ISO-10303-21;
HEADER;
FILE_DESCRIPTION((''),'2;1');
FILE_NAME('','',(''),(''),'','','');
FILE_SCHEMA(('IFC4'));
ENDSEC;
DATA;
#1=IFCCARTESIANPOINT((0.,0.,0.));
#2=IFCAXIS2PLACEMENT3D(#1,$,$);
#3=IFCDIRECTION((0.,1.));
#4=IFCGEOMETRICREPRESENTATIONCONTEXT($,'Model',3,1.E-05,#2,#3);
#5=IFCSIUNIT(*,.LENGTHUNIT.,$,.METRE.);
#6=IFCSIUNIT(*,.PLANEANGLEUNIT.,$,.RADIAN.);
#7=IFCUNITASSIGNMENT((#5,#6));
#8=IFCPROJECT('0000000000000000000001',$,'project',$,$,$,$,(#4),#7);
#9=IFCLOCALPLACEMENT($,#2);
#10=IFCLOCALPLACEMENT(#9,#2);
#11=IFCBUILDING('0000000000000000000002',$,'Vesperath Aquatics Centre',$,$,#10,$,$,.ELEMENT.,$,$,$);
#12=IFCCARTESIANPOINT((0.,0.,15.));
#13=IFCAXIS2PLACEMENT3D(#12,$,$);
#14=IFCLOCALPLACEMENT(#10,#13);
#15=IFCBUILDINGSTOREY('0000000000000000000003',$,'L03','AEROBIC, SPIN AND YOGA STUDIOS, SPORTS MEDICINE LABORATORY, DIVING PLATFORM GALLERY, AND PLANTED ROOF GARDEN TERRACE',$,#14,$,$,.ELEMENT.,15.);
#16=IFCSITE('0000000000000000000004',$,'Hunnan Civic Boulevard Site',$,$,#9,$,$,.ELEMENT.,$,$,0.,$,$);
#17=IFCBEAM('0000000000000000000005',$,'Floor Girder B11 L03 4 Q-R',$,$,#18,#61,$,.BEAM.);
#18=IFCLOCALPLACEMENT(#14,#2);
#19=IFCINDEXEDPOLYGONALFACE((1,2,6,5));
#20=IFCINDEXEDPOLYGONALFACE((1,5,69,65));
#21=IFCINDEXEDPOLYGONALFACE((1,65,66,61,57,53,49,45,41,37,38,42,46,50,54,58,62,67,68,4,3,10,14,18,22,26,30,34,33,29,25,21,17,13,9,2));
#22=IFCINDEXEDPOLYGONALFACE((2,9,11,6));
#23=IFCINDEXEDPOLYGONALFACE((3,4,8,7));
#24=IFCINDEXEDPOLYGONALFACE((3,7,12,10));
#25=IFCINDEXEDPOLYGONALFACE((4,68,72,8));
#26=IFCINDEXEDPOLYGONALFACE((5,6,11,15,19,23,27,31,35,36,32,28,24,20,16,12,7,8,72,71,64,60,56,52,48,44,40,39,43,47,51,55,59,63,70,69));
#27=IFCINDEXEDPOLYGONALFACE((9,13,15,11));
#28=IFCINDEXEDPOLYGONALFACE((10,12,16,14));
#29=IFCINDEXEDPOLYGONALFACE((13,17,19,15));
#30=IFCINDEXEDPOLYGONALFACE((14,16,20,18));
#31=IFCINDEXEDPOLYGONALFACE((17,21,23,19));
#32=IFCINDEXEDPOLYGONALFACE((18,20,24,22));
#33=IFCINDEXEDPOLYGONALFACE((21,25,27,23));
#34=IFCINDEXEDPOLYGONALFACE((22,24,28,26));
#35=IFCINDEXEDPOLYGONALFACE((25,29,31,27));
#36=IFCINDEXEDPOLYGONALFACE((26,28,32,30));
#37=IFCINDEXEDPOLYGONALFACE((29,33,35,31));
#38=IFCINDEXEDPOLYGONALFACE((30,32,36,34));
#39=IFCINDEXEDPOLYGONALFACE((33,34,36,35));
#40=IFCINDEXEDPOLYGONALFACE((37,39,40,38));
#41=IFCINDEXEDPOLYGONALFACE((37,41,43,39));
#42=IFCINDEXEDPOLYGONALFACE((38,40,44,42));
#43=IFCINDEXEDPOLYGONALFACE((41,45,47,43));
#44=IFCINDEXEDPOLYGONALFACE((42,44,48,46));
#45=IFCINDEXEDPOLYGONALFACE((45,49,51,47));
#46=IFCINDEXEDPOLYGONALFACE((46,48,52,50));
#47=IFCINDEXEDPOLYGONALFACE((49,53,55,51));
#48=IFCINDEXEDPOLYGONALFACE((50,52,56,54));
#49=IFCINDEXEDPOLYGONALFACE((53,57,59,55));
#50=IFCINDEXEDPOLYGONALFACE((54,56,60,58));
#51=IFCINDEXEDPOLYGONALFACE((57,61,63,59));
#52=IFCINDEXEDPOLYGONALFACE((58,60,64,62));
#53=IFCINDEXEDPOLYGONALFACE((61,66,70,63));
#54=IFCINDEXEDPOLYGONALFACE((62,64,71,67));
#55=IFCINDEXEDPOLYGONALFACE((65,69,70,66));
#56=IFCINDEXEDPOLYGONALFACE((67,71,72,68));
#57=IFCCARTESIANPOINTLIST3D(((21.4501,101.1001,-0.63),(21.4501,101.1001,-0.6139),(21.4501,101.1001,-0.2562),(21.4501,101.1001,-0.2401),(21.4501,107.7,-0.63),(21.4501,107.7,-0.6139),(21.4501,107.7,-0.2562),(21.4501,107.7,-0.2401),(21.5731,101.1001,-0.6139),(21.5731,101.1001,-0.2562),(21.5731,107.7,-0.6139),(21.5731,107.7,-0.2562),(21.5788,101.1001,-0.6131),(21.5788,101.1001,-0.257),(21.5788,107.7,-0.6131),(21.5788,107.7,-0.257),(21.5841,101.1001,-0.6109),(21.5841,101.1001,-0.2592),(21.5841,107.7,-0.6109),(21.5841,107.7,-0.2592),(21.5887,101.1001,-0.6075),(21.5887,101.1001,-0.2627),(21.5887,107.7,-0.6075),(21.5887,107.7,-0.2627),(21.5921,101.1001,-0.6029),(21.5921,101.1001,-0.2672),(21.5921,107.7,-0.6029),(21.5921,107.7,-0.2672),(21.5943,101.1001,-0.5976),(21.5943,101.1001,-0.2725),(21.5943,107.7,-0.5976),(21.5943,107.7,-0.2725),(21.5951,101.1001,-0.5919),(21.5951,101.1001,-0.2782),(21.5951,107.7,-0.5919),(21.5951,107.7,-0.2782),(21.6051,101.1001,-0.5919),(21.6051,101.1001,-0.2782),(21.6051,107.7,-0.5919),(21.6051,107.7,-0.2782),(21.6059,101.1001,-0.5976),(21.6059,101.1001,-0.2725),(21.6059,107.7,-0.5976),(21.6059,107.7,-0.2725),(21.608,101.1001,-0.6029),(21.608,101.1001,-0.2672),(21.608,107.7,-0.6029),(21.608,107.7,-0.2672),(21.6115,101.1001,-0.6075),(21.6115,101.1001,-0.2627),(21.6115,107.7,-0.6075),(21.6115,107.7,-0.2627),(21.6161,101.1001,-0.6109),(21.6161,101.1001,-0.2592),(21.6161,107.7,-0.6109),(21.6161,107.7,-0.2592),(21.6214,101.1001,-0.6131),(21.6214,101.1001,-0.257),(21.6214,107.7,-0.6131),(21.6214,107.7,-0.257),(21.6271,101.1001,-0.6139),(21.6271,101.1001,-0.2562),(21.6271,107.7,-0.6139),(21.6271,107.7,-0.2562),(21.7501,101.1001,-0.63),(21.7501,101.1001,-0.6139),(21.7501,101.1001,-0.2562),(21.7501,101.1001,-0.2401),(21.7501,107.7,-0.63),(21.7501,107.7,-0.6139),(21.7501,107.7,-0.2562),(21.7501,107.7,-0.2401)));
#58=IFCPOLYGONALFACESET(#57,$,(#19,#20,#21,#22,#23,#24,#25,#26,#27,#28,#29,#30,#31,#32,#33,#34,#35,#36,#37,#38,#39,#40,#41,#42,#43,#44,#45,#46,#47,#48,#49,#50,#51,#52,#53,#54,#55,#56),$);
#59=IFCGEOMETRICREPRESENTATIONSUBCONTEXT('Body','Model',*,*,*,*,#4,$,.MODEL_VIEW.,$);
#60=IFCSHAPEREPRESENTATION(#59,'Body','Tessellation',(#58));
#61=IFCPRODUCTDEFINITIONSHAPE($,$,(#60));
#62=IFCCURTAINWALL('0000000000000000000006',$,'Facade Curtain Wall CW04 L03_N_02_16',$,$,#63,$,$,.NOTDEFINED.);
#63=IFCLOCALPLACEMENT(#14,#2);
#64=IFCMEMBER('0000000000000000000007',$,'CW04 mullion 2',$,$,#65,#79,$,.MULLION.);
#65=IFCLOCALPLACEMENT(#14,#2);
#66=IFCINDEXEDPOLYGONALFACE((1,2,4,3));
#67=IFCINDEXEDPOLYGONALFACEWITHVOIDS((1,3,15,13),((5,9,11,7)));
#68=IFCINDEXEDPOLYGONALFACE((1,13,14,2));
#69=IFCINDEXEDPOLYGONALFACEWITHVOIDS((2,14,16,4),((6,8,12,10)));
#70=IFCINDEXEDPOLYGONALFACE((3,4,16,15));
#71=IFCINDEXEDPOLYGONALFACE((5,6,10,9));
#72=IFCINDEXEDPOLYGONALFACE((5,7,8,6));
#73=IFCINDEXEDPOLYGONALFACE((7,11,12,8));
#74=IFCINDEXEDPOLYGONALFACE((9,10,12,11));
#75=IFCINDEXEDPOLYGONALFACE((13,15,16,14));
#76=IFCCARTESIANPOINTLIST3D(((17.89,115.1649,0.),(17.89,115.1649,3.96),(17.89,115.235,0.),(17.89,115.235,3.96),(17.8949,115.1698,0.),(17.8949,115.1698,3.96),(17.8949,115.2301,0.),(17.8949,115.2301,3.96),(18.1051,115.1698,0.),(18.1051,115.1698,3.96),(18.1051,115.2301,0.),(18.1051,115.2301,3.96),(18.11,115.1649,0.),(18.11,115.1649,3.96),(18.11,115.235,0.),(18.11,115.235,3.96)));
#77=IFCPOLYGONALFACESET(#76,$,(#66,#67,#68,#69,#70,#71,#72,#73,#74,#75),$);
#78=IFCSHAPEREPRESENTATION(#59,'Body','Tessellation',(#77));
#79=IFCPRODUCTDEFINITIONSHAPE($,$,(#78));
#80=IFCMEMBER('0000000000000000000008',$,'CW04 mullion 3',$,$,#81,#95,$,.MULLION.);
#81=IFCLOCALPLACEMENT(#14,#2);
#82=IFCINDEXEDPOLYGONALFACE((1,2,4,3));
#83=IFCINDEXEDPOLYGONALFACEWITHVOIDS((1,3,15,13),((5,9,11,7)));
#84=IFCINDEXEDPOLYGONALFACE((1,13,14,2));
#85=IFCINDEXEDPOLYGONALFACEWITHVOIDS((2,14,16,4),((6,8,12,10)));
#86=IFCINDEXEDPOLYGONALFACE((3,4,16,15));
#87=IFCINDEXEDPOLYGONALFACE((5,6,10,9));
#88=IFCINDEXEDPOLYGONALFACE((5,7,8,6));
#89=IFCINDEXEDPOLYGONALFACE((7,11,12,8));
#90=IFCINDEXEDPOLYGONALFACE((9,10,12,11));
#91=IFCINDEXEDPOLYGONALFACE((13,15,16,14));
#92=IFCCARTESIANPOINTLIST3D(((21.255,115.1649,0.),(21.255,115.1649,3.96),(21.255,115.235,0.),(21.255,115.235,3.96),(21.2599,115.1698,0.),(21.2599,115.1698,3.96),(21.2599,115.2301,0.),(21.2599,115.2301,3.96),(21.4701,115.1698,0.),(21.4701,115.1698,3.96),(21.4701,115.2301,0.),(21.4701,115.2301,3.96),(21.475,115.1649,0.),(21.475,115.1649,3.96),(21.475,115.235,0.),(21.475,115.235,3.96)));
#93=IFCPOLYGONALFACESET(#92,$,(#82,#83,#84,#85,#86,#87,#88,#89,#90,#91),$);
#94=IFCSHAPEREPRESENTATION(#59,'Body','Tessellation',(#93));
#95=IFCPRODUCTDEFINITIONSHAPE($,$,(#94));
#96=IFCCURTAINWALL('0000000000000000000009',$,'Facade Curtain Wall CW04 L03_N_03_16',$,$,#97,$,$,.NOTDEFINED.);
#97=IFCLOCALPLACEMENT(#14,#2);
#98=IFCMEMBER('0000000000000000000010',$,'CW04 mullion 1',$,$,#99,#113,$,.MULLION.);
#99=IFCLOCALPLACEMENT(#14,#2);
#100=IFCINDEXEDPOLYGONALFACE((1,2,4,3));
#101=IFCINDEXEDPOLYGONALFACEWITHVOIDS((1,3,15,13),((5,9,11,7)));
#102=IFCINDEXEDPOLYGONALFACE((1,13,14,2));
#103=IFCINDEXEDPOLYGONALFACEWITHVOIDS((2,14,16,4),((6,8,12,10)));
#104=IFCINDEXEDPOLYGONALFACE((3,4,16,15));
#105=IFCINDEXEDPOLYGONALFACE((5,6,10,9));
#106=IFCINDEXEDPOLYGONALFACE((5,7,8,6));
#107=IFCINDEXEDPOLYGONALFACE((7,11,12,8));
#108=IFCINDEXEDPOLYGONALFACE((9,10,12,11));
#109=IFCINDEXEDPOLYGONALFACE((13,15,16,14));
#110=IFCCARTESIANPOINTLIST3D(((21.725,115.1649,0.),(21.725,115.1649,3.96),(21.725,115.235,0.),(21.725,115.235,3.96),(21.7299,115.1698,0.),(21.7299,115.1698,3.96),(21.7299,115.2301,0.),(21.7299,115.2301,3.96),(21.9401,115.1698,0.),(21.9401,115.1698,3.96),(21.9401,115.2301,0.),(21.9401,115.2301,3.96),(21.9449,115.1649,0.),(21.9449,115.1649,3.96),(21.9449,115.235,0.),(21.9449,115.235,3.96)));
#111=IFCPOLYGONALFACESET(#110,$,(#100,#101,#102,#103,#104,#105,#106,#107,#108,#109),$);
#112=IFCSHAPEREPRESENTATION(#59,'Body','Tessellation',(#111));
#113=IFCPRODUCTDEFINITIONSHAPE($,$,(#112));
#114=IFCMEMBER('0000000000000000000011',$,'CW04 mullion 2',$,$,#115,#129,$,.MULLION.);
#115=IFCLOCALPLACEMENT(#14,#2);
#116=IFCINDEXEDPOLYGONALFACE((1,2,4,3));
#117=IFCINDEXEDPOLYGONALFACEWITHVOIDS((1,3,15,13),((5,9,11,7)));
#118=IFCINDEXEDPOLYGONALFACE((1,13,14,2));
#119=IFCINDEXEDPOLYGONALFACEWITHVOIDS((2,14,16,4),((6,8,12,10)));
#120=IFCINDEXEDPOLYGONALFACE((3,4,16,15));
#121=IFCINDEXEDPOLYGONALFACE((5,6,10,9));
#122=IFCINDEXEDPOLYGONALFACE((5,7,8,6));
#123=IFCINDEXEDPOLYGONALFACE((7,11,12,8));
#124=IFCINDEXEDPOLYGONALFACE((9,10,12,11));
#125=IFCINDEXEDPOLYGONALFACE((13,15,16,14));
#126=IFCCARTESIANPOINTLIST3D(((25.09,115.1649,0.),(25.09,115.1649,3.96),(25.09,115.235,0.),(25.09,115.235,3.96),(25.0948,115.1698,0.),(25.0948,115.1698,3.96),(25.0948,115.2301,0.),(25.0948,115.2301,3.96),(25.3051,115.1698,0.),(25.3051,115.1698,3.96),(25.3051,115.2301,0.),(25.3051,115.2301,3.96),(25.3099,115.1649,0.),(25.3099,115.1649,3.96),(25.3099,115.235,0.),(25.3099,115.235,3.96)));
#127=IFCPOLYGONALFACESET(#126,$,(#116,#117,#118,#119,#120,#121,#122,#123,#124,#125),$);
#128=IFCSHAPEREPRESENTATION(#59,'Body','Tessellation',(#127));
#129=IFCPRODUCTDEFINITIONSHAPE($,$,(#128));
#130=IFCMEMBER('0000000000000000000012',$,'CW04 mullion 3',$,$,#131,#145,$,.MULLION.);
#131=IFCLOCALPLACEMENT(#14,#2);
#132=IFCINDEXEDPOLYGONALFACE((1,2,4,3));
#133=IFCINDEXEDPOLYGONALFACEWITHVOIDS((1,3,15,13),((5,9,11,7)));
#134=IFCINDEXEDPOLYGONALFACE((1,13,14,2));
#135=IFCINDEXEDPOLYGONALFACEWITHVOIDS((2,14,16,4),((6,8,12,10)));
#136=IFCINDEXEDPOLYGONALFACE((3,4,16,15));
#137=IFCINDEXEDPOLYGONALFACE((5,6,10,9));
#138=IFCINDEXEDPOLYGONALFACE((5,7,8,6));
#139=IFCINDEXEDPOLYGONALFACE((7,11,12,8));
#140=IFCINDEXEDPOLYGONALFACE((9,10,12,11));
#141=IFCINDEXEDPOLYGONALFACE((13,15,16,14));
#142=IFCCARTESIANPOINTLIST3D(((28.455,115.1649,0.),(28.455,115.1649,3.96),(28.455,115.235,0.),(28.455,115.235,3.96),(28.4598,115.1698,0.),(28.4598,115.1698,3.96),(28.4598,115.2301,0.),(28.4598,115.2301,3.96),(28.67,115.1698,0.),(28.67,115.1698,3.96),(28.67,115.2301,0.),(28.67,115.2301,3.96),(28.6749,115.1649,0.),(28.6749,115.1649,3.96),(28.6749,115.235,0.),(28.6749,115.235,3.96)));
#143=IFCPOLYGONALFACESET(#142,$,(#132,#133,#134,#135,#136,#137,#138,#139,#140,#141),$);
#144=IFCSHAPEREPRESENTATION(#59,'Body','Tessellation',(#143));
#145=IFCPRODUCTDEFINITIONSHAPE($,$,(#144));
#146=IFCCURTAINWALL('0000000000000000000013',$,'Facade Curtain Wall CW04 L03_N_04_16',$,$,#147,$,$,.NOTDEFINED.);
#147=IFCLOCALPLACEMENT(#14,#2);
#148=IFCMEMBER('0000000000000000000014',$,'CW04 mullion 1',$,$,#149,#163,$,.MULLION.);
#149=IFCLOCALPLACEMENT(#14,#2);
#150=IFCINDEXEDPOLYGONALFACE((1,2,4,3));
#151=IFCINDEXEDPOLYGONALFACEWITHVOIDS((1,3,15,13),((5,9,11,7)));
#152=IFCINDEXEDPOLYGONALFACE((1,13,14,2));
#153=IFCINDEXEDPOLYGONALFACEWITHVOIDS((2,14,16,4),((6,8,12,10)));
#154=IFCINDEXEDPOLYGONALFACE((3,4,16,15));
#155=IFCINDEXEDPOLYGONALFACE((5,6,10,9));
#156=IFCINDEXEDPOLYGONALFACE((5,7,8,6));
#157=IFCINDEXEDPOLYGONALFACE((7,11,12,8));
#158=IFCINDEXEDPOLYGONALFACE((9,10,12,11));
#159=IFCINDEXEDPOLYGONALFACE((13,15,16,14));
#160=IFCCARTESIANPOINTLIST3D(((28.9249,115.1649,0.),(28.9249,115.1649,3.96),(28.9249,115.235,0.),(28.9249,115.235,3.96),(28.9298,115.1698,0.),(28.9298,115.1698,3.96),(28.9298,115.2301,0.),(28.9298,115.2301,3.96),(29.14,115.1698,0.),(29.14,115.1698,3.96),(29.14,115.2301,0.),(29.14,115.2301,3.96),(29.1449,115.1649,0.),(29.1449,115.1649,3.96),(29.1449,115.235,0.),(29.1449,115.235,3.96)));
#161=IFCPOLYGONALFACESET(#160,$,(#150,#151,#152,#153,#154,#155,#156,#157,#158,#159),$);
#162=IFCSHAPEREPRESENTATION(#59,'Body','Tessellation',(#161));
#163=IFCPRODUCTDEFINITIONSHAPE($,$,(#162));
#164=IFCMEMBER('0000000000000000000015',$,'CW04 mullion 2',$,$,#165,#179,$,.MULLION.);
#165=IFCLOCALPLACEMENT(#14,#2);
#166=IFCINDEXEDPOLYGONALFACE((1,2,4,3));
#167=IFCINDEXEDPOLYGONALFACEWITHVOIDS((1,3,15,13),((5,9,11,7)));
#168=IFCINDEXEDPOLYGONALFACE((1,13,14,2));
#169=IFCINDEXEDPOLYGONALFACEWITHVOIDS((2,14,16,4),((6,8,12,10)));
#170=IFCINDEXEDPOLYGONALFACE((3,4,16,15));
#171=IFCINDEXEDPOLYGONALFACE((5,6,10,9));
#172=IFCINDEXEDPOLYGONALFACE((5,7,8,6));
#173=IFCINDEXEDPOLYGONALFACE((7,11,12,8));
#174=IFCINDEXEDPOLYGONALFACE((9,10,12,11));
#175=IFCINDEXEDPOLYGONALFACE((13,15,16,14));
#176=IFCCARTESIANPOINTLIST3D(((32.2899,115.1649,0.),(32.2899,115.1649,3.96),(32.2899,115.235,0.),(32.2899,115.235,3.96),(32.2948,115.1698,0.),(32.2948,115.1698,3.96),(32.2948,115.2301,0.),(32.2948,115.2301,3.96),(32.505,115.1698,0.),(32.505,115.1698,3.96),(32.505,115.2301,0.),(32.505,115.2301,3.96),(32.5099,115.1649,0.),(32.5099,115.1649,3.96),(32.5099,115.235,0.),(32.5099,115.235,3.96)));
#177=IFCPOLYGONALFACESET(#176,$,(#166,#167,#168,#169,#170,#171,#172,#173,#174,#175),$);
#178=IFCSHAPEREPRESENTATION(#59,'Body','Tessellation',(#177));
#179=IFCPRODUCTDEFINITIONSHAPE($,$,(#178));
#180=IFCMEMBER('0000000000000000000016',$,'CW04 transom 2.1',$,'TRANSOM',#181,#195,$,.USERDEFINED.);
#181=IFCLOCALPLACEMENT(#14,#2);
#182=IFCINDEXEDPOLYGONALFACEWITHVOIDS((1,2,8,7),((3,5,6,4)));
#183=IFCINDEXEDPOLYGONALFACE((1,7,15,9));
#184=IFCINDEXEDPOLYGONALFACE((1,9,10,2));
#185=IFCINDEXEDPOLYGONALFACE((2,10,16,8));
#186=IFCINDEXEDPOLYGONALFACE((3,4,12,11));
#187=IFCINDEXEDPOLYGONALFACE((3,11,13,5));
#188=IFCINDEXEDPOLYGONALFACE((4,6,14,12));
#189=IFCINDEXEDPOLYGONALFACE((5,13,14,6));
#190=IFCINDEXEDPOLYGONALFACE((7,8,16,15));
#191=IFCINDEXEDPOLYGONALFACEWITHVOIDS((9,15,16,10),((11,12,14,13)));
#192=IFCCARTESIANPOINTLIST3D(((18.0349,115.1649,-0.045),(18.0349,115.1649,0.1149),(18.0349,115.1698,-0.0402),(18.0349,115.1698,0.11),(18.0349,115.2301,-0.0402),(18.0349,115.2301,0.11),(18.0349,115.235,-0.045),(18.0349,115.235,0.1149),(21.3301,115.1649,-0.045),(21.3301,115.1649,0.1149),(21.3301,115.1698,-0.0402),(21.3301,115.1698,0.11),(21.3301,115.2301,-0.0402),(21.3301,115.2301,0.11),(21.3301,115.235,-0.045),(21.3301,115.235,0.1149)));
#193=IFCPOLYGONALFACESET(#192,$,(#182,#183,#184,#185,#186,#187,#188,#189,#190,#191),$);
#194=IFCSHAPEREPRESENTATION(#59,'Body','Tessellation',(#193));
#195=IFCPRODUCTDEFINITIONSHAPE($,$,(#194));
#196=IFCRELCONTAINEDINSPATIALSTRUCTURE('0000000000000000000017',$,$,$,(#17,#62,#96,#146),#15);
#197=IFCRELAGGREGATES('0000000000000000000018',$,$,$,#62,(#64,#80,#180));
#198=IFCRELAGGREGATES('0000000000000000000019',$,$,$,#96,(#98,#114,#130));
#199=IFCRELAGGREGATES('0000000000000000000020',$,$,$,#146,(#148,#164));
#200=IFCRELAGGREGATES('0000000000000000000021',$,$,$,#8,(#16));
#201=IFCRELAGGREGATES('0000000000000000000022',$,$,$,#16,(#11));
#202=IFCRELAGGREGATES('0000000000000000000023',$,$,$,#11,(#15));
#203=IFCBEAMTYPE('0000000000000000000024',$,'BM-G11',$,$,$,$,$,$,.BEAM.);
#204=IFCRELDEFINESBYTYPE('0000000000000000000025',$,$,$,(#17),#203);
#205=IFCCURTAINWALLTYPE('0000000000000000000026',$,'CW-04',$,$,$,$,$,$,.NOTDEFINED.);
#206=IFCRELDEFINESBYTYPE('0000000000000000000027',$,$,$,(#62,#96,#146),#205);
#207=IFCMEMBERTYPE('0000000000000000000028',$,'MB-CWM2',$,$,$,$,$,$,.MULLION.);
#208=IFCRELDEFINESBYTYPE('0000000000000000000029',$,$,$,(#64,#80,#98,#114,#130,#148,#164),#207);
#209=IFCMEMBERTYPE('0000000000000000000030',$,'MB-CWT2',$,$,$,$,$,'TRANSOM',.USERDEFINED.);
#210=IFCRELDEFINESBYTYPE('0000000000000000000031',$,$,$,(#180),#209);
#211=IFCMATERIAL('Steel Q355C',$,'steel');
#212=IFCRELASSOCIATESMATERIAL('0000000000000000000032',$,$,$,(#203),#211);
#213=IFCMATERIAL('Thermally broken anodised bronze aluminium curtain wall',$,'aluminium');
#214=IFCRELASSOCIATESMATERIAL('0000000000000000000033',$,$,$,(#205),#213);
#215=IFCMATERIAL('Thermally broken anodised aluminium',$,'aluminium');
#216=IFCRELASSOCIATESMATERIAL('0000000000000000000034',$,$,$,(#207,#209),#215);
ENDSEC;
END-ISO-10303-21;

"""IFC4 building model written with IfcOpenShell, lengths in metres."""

from ifc_helpers import new_model, si_unit, direction, frame, origin, origin_2d, place, context, subcontext, project, spatial, hollow_rectangle, i_section, extrude, material, material_profile, profile_set, type_object, element, aggregate, save


model = new_model("IFC4")

# Units and contexts
model_context = context("Model", 3, precision=1e-05, world=origin(), true_north=direction((0.0, 1.0)))
body_context = subcontext(model_context, "Body", "Model", "MODEL_VIEW")
ifc_project = project(units=[si_unit("LENGTHUNIT", "METRE"), si_unit("PLANEANGLEUNIT", "RADIAN")], contexts=[model_context])

# Site, building, storey
site_placement = place(None, origin())
site = spatial("IfcSite", under=ifc_project, at=site_placement, Name="Hunnan Civic Boulevard Site", CompositionType="ELEMENT", RefElevation=0.0)
building_placement = place(site_placement, origin())
building = spatial("IfcBuilding", under=site, at=building_placement, Name="Vesperath Aquatics Centre", CompositionType="ELEMENT")
storey_placement = place(building_placement, frame((0.0, 0.0, 15.0)))
storey = spatial("IfcBuildingStorey", under=building, at=storey_placement, Name="L03", Description="AEROBIC, SPIN AND YOGA STUDIOS, SPORTS MEDICINE LABORATORY, DIVING PLATFORM GALLERY, AND PLANTED ROOF GARDEN TERRACE", CompositionType="ELEMENT", Elevation=15.0)

# Beam
ifc_material_1 = material(Name="Steel Q355C", Category="steel")
ifc_material_profile_1 = material_profile(ifc_material_1, i_section(OverallWidth=0.3, OverallDepth=0.3899, WebThickness=0.01, FlangeThickness=0.0161, FilletRadius=0.022, at=origin_2d()), Name="HM 390x300x10x16")
ifc_profile_set_1 = profile_set([ifc_material_profile_1], Name="Steel Q355C")
beam_type = type_object("IfcBeamType", Name="BM-G11", PredefinedType="BEAM", material=ifc_profile_set_1)
beam_1_placement = place(storey_placement, frame((21.6001, 101.1001, -0.4351), z_axis=(0.0, 1.0, 0.0), x_axis=(-1.0, 0.0, 0.0)))
element("IfcBeam", 1, at=beam_1_placement, inside=storey, type_object=beam_type, Name="Floor Girder B11 L03 4 Q-R", PredefinedType="BEAM", context=body_context, shape_type="SweptSolid", body=[
    extrude(i_section(OverallWidth=0.3, OverallDepth=0.3899, WebThickness=0.01, FlangeThickness=0.0161, FilletRadius=0.022, at=origin_2d()), origin(), (0.0, 0.0, 1.0), 6.5999),
])

# Curtain walls, members
ifc_material_2 = material(Name="Thermally broken anodised bronze aluminium curtain wall", Category="aluminium")
curtain_wall_type = type_object("IfcCurtainWallType", Name="CW-04", PredefinedType="NOTDEFINED", material=ifc_material_2)
curtain_wall_1_placement = place(storey_placement, origin())
curtain_wall_1 = element("IfcCurtainWall", 2, at=curtain_wall_1_placement, inside=storey, type_object=curtain_wall_type, Name="Facade Curtain Wall CW04 L03_N_02_16", PredefinedType="NOTDEFINED")
ifc_material_3 = material(Name="Thermally broken anodised aluminium", Category="aluminium")
ifc_material_profile_2 = material_profile(ifc_material_3, hollow_rectangle(XDim=0.0701, YDim=0.22, WallThickness=0.0049, at=origin_2d()), Name="CWM 70x220x5")
ifc_profile_set_2 = profile_set([ifc_material_profile_2], Name="Thermally broken anodised aluminium")
member_type_1 = type_object("IfcMemberType", Name="MB-CWM2", PredefinedType="MULLION", material=ifc_profile_set_2)
member_1_placement = place(storey_placement, frame((18.0, 115.2, 0.0), z_axis=(0.0, 0.0, 1.0), x_axis=(0.0, 1.0, 0.0)))
member_1 = element("IfcMember", 3, at=member_1_placement, type_object=member_type_1, Name="CW04 mullion 2", PredefinedType="MULLION", context=body_context, shape_type="SweptSolid", body=[
    extrude(hollow_rectangle(XDim=0.0701, YDim=0.22, WallThickness=0.0049, at=origin_2d()), origin(), (0.0, 0.0, 1.0), 3.96),
])
member_2_placement = place(storey_placement, frame((21.365, 115.2, 0.0), z_axis=(0.0, 0.0, 1.0), x_axis=(0.0, 1.0, 0.0)))
member_2 = element("IfcMember", 4, at=member_2_placement, type_object=member_type_1, Name="CW04 mullion 3", PredefinedType="MULLION", context=body_context, shape_type="SweptSolid", body=[
    extrude(hollow_rectangle(XDim=0.0701, YDim=0.22, WallThickness=0.0049, at=origin_2d()), origin(), (0.0, 0.0, 1.0), 3.96),
])
curtain_wall_2_placement = place(storey_placement, origin())
curtain_wall_2 = element("IfcCurtainWall", 5, at=curtain_wall_2_placement, inside=storey, type_object=curtain_wall_type, Name="Facade Curtain Wall CW04 L03_N_03_16", PredefinedType="NOTDEFINED")
member_3_placement = place(storey_placement, frame((21.835, 115.2, 0.0), z_axis=(0.0, 0.0, 1.0), x_axis=(0.0, 1.0, 0.0)))
member_3 = element("IfcMember", 6, at=member_3_placement, type_object=member_type_1, Name="CW04 mullion 1", PredefinedType="MULLION", context=body_context, shape_type="SweptSolid", body=[
    extrude(hollow_rectangle(XDim=0.0701, YDim=0.22, WallThickness=0.0049, at=origin_2d()), origin(), (0.0, 0.0, 1.0), 3.96),
])
member_4_placement = place(storey_placement, frame((25.2, 115.2, 0.0), z_axis=(0.0, 0.0, 1.0), x_axis=(0.0, 1.0, 0.0)))
member_4 = element("IfcMember", 7, at=member_4_placement, type_object=member_type_1, Name="CW04 mullion 2", PredefinedType="MULLION", context=body_context, shape_type="SweptSolid", body=[
    extrude(hollow_rectangle(XDim=0.0701, YDim=0.22, WallThickness=0.0049, at=origin_2d()), origin(), (0.0, 0.0, 1.0), 3.96),
])
member_5_placement = place(storey_placement, frame((28.5649, 115.2, 0.0), z_axis=(0.0, 0.0, 1.0), x_axis=(0.0, 1.0, 0.0)))
member_5 = element("IfcMember", 8, at=member_5_placement, type_object=member_type_1, Name="CW04 mullion 3", PredefinedType="MULLION", context=body_context, shape_type="SweptSolid", body=[
    extrude(hollow_rectangle(XDim=0.0701, YDim=0.22, WallThickness=0.0049, at=origin_2d()), origin(), (0.0, 0.0, 1.0), 3.96),
])
curtain_wall_3_placement = place(storey_placement, origin())
curtain_wall_3 = element("IfcCurtainWall", 9, at=curtain_wall_3_placement, inside=storey, type_object=curtain_wall_type, Name="Facade Curtain Wall CW04 L03_N_04_16", PredefinedType="NOTDEFINED")
member_6_placement = place(storey_placement, frame((29.0349, 115.2, 0.0), z_axis=(0.0, 0.0, 1.0), x_axis=(0.0, 1.0, 0.0)))
member_6 = element("IfcMember", 10, at=member_6_placement, type_object=member_type_1, Name="CW04 mullion 1", PredefinedType="MULLION", context=body_context, shape_type="SweptSolid", body=[
    extrude(hollow_rectangle(XDim=0.0701, YDim=0.22, WallThickness=0.0049, at=origin_2d()), origin(), (0.0, 0.0, 1.0), 3.96),
])
member_7_placement = place(storey_placement, frame((32.3999, 115.2, 0.0), z_axis=(0.0, 0.0, 1.0), x_axis=(0.0, 1.0, 0.0)))
member_7 = element("IfcMember", 11, at=member_7_placement, type_object=member_type_1, Name="CW04 mullion 2", PredefinedType="MULLION", context=body_context, shape_type="SweptSolid", body=[
    extrude(hollow_rectangle(XDim=0.0701, YDim=0.22, WallThickness=0.0049, at=origin_2d()), origin(), (0.0, 0.0, 1.0), 3.96),
])

# Member
ifc_material_profile_3 = material_profile(ifc_material_3, hollow_rectangle(XDim=0.0701, YDim=0.1599, WallThickness=0.0049, at=origin_2d()), Name="CWT 70x160x5")
ifc_profile_set_3 = profile_set([ifc_material_profile_3], Name="Thermally broken anodised aluminium")
member_type_2 = type_object("IfcMemberType", Name="MB-CWT2", ElementType="TRANSOM", PredefinedType="USERDEFINED", material=ifc_profile_set_3)
member_8_placement = place(storey_placement, frame((18.0349, 115.2, 0.0349), z_axis=(1.0, 0.0, 0.0), x_axis=(0.0, 1.0, 0.0)))
member_8 = element("IfcMember", 12, at=member_8_placement, type_object=member_type_2, Name="CW04 transom 2.1", ObjectType="TRANSOM", PredefinedType="USERDEFINED", context=body_context, shape_type="SweptSolid", body=[
    extrude(hollow_rectangle(XDim=0.0701, YDim=0.1599, WallThickness=0.0049, at=origin_2d()), origin(), (0.0, 0.0, 1.0), 3.2952),
])

aggregate(curtain_wall_1, [member_1, member_2, member_8])
aggregate(curtain_wall_2, [member_3, member_4, member_5])
aggregate(curtain_wall_3, [member_6, member_7])

save(model, "model.ifc")
